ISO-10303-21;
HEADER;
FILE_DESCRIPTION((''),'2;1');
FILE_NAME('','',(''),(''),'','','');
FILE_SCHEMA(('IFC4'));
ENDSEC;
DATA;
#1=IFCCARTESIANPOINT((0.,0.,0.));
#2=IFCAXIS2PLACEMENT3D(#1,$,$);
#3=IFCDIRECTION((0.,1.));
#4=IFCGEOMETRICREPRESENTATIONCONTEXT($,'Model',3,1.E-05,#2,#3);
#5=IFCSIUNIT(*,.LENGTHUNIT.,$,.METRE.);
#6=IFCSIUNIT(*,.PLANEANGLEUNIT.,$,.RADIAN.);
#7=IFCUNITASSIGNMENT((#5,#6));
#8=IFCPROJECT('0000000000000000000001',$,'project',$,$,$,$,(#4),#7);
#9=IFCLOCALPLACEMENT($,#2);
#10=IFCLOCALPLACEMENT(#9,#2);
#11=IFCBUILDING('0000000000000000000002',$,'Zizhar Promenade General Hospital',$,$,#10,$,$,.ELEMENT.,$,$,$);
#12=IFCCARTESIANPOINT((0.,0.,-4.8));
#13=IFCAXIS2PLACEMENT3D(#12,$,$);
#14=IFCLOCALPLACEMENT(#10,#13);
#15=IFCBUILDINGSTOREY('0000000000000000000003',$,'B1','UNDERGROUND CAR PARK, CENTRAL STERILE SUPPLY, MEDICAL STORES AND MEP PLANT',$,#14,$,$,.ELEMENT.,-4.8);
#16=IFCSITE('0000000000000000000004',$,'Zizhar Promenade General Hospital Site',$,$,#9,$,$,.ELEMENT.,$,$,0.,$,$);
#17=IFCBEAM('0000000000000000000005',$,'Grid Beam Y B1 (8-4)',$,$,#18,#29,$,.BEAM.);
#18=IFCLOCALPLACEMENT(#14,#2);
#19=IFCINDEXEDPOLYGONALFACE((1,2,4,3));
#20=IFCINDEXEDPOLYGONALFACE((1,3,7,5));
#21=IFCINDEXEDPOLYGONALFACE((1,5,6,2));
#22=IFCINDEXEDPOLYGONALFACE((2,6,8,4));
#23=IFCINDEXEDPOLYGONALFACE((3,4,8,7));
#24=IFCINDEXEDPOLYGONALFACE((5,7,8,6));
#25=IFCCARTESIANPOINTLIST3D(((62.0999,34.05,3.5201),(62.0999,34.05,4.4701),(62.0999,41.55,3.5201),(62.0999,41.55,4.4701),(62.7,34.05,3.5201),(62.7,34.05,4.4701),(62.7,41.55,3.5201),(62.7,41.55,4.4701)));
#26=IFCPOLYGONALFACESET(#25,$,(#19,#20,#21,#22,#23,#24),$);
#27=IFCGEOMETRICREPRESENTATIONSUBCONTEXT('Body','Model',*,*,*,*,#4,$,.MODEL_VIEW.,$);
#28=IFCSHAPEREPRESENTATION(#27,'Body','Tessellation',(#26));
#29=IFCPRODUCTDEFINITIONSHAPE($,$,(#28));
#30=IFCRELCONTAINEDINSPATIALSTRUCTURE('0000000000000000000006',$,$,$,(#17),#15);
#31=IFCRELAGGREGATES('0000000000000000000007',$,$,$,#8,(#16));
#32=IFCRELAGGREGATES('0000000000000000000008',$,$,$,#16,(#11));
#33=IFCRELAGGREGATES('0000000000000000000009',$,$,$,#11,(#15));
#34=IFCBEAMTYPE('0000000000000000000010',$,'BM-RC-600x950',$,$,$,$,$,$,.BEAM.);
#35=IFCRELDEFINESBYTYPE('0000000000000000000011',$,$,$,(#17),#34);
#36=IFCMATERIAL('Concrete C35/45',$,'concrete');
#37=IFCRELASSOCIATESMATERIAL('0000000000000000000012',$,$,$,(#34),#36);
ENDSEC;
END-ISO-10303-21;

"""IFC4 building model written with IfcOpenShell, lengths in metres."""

from ifc_helpers import new_model, si_unit, direction, frame, origin, origin_2d, place, context, subcontext, project, spatial, rectangle, extrude, material, material_profile, profile_set, type_object, element, save


model = new_model("IFC4")

# Units and contexts
model_context = context("Model", 3, precision=1e-05, world=origin(), true_north=direction((0.0, 1.0)))
body_context = subcontext(model_context, "Body", "Model", "MODEL_VIEW")
ifc_project = project(units=[si_unit("LENGTHUNIT", "METRE"), si_unit("PLANEANGLEUNIT", "RADIAN")], contexts=[model_context])

# Site, building, storey
site_placement = place(None, origin())
site = spatial("IfcSite", under=ifc_project, at=site_placement, Name="Zizhar Promenade General Hospital Site", CompositionType="ELEMENT", RefElevation=0.0)
building_placement = place(site_placement, origin())
building = spatial("IfcBuilding", under=site, at=building_placement, Name="Zizhar Promenade General Hospital", CompositionType="ELEMENT")
storey_placement = place(building_placement, frame((0.0, 0.0, -4.8)))
storey = spatial("IfcBuildingStorey", under=building, at=storey_placement, Name="B1", Description="UNDERGROUND CAR PARK, CENTRAL STERILE SUPPLY, MEDICAL STORES AND MEP PLANT", CompositionType="ELEMENT", Elevation=-4.8)

# Beam
ifc_material_1 = material(Name="Concrete C35/45", Category="concrete")
ifc_material_profile_1 = material_profile(ifc_material_1, rectangle(XDim=0.6001, YDim=0.95, at=origin_2d()))
ifc_profile_set_1 = profile_set([ifc_material_profile_1], Name="Concrete C35/45")
beam_type_1 = type_object("IfcBeamType", Name="BM-RC-600x950", PredefinedType="BEAM", material=ifc_profile_set_1)
for number, where, z_axis, x_axis, name in (
    (1, (62.3999, 34.05, 3.9951), (0.0, 1.0, 0.0), (-1.0, 0.0, 0.0), "Grid Beam Y B1 (8-4)"),
):
    element("IfcBeam", number, at=place(storey_placement, frame(where, z_axis=z_axis, x_axis=x_axis)), inside=storey, type_object=beam_type_1, Name=name, PredefinedType="BEAM", context=body_context, shape_type="SweptSolid", body=[
        extrude(rectangle(XDim=0.6001, YDim=0.95, at=origin_2d()), origin(), (0.0, 0.0, 1.0), 7.5),
    ])

save(model, "model.ifc")
